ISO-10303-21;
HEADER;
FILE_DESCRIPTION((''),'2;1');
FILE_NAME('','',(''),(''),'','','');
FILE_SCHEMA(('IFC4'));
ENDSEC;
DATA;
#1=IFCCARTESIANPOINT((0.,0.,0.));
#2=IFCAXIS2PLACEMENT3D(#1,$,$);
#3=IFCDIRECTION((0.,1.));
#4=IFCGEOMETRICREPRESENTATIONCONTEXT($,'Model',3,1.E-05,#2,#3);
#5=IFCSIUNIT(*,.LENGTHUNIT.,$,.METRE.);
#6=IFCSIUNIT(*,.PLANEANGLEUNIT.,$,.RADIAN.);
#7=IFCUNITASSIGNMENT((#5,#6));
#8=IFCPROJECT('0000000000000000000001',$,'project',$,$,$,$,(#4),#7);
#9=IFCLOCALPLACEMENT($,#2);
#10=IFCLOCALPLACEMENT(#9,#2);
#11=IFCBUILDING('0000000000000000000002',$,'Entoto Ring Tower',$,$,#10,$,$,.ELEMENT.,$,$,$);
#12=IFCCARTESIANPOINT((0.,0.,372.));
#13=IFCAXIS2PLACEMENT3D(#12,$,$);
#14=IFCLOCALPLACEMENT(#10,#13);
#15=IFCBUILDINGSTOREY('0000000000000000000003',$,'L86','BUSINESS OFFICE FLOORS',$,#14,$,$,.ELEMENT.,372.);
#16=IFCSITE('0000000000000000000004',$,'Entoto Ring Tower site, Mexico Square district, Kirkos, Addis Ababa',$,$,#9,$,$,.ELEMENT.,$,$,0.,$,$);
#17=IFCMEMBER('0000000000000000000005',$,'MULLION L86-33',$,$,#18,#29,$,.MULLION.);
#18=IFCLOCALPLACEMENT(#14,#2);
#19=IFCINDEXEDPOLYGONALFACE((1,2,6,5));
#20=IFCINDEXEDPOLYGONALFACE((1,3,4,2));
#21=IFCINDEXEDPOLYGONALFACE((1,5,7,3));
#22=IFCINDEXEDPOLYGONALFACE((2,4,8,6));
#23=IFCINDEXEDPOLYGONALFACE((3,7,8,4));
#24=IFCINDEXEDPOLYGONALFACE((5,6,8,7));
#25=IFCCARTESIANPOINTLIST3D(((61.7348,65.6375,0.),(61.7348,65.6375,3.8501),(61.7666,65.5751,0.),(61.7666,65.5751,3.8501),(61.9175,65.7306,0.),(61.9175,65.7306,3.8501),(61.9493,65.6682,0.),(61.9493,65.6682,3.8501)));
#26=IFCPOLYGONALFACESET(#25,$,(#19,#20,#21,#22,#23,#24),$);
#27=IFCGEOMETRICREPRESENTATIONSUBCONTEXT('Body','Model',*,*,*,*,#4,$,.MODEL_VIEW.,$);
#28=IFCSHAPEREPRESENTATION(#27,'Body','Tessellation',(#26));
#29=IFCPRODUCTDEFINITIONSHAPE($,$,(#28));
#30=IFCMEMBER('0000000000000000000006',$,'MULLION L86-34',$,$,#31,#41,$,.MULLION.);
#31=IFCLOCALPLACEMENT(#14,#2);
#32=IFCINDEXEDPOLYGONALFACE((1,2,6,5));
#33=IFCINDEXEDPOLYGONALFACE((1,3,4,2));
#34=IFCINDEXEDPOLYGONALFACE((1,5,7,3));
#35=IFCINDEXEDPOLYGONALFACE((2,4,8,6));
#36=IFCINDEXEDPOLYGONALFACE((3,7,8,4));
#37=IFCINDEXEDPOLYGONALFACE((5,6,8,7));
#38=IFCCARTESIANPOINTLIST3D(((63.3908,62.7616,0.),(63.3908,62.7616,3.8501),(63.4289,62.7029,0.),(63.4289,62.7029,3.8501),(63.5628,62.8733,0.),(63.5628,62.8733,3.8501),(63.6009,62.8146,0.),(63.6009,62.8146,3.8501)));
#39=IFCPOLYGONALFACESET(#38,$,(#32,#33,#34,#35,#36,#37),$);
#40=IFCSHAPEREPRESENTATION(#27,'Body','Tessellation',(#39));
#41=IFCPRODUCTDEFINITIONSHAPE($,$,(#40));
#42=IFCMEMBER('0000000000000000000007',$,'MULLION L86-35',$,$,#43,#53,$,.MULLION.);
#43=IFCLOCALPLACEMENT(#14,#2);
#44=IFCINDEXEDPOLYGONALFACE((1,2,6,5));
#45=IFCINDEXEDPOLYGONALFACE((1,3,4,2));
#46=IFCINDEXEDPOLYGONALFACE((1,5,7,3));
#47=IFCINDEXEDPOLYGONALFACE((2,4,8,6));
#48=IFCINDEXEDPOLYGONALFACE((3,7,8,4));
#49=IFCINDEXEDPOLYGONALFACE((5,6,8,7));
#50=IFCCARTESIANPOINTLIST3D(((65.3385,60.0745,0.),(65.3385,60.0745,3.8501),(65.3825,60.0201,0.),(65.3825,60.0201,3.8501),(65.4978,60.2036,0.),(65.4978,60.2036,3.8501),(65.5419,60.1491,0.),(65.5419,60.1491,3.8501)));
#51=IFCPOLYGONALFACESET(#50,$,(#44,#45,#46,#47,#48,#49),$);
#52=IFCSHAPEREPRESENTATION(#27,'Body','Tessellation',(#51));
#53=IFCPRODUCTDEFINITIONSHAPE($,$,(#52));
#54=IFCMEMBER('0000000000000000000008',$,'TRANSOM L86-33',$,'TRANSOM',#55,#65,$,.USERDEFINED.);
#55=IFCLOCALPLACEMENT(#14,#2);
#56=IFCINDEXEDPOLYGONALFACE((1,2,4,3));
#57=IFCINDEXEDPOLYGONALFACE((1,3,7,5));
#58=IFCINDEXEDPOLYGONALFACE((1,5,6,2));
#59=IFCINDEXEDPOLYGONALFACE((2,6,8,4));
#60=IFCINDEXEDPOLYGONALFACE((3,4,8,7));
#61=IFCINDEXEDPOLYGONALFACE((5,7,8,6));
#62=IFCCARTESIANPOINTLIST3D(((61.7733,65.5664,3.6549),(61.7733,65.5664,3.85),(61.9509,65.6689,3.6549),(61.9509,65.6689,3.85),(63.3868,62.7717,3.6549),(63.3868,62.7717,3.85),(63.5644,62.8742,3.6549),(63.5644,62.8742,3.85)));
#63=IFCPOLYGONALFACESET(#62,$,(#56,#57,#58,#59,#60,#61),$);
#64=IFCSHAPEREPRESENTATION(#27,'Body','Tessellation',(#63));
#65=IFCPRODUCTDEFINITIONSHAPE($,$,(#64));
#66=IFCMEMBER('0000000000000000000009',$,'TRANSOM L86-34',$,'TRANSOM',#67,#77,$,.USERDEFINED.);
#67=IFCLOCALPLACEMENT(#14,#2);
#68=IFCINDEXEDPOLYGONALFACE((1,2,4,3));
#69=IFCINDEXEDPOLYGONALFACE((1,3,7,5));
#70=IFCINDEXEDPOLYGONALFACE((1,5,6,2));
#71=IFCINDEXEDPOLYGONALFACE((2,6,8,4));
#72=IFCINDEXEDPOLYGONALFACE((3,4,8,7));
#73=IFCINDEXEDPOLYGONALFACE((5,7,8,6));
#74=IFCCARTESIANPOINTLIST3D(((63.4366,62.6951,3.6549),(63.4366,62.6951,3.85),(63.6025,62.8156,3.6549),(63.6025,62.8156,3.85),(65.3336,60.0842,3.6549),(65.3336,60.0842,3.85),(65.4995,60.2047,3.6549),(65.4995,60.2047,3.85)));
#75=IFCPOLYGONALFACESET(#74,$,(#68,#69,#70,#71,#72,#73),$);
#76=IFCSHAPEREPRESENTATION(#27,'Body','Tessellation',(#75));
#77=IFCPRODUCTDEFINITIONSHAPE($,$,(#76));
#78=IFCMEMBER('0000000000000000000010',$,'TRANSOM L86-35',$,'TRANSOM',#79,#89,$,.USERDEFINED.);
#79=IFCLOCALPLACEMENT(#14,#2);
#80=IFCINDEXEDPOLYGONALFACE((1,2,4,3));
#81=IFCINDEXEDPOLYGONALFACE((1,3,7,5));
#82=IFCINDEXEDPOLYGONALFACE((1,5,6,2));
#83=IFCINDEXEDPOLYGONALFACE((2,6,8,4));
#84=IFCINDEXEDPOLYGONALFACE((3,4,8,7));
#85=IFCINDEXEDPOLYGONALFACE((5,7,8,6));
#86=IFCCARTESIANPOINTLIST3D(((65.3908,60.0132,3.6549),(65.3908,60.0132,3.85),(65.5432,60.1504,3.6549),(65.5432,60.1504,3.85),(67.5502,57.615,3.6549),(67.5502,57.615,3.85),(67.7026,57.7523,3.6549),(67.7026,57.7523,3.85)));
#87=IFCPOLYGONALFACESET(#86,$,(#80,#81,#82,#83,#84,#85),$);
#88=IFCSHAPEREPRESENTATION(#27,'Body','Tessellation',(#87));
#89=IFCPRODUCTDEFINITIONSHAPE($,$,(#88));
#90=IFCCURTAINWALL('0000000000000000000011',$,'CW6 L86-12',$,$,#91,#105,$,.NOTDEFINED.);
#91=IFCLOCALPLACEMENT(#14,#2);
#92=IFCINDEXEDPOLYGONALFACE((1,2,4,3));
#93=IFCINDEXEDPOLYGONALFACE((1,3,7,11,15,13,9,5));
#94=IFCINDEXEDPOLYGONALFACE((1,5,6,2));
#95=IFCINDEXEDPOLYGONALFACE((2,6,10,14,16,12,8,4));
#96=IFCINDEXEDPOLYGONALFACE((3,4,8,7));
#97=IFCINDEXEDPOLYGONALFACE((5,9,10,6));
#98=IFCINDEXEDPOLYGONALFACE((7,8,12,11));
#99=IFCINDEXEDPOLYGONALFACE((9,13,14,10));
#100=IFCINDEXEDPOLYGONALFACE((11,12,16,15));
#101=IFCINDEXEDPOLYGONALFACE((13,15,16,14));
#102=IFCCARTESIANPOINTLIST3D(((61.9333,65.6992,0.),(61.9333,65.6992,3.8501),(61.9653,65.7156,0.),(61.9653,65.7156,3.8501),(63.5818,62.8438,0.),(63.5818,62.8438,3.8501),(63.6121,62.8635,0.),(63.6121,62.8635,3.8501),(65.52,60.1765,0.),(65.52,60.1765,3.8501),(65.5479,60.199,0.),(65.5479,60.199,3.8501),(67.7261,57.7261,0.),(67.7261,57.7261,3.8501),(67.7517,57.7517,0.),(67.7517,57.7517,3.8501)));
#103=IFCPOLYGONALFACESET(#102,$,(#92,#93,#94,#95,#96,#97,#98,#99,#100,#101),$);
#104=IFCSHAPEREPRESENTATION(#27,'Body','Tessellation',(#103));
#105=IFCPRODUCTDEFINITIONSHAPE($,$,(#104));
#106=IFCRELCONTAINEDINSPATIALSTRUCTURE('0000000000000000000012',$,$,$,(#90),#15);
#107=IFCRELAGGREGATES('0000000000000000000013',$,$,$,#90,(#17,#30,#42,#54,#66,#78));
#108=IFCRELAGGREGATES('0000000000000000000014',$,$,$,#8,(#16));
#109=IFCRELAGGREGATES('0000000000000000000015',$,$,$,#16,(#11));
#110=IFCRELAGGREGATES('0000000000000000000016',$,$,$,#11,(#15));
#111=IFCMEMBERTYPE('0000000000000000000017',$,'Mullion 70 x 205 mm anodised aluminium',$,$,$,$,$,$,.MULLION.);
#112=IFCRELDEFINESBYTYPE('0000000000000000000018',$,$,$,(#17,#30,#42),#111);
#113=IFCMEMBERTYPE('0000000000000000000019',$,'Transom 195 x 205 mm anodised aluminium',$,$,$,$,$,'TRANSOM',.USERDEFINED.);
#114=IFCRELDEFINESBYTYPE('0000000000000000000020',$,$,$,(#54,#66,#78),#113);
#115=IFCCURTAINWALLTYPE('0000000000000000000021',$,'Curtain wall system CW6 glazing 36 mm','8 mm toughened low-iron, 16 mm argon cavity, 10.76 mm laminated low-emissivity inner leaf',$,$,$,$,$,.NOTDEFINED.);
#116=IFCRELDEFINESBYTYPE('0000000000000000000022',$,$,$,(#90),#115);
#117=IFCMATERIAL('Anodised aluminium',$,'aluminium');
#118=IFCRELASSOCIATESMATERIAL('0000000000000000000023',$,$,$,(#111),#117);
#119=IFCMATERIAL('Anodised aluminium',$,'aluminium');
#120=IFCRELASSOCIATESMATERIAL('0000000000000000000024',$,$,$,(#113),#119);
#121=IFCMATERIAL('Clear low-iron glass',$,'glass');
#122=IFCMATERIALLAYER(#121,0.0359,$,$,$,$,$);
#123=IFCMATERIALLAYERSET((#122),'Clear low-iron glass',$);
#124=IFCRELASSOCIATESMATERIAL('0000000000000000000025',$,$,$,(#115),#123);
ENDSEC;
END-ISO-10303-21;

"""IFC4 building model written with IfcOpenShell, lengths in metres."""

from ifc_helpers import new_model, si_unit, direction, frame, origin, origin_2d, place, context, subcontext, project, spatial, polyline, rectangle, outline, extrude, material, layer, layer_set, material_profile, profile_set, type_object, element, aggregate, save


model = new_model("IFC4")

# Units and contexts
model_context = context("Model", 3, precision=1e-05, world=origin(), true_north=direction((0.0, 1.0)))
body_context = subcontext(model_context, "Body", "Model", "MODEL_VIEW")
ifc_project = project(units=[si_unit("LENGTHUNIT", "METRE"), si_unit("PLANEANGLEUNIT", "RADIAN")], contexts=[model_context])

# Members
ifc_material_1 = material(Name="Anodised aluminium", Category="aluminium")
ifc_material_profile_1 = material_profile(ifc_material_1, rectangle(XDim=0.0701, YDim=0.2051, at=origin_2d()), Name="Mullion 70 x 205 mm anodised aluminium")
ifc_profile_set_1 = profile_set([ifc_material_profile_1], Name="Anodised aluminium")
member_type_1 = type_object("IfcMemberType", Name="Mullion 70 x 205 mm anodised aluminium", PredefinedType="MULLION", material=ifc_profile_set_1)
site_placement = place(None, origin())
building_placement = place(site_placement, origin())
storey_placement = place(building_placement, frame((0.0, 0.0, 372.0)))
member_1_placement = place(storey_placement, frame((61.842, 65.6528, 0.0), z_axis=(0.0, 0.0, 1.0), x_axis=(0.45399, -0.891007, 0.0)))
member_1 = element("IfcMember", 1, at=member_1_placement, type_object=member_type_1, Name="MULLION L86-33", PredefinedType="MULLION", context=body_context, shape_type="SweptSolid", body=[
    extrude(rectangle(XDim=0.0701, YDim=0.2051, at=origin_2d()), origin(), (0.0, 0.0, 1.0), 3.8501),
])
member_2_placement = place(storey_placement, frame((63.4958, 62.7881, 0.0), z_axis=(0.0, 0.0, 1.0), x_axis=(0.544639, -0.838671, 0.0)))
member_2 = element("IfcMember", 2, at=member_2_placement, type_object=member_type_1, Name="MULLION L86-34", PredefinedType="MULLION", context=body_context, shape_type="SweptSolid", body=[
    extrude(rectangle(XDim=0.0701, YDim=0.2051, at=origin_2d()), origin(), (0.0, 0.0, 1.0), 3.8501),
])
member_3_placement = place(storey_placement, frame((65.4402, 60.1118, 0.0), z_axis=(0.0, 0.0, 1.0), x_axis=(0.62932, -0.777146, 0.0)))
member_3 = element("IfcMember", 3, at=member_3_placement, type_object=member_type_1, Name="MULLION L86-35", PredefinedType="MULLION", context=body_context, shape_type="SweptSolid", body=[
    extrude(rectangle(XDim=0.0701, YDim=0.2051, at=origin_2d()), origin(), (0.0, 0.0, 1.0), 3.8501),
])
ifc_material_2 = material(Name="Anodised aluminium", Category="aluminium")
ifc_material_profile_2 = material_profile(ifc_material_2, rectangle(XDim=0.2051, YDim=0.1951, at=origin_2d()), Name="Transom 195 x 205 mm anodised aluminium")
ifc_profile_set_2 = profile_set([ifc_material_profile_2], Name="Anodised aluminium")
member_type_2 = type_object("IfcMemberType", Name="Transom 195 x 205 mm anodised aluminium", ElementType="TRANSOM", PredefinedType="USERDEFINED", material=ifc_profile_set_2)
member_4_placement = place(storey_placement, frame((61.8621, 65.6177, 3.7524), z_axis=(0.500004, -0.866023, 0.0), x_axis=(0.866023, 0.500004, 0.0)))
member_4 = element("IfcMember", 4, at=member_4_placement, type_object=member_type_2, Name="TRANSOM L86-33", ObjectType="TRANSOM", PredefinedType="USERDEFINED", context=body_context, shape_type="SweptSolid", body=[
    extrude(rectangle(XDim=0.2051, YDim=0.1951, at=origin_2d()), origin(), (0.0, 0.0, 1.0), 3.2271),
])
member_5_placement = place(storey_placement, frame((63.5195, 62.7554, 3.7524), z_axis=(0.587803, -0.809004, 0.0), x_axis=(0.809004, 0.587803, 0.0)))
member_5 = element("IfcMember", 5, at=member_5_placement, type_object=member_type_2, Name="TRANSOM L86-34", ObjectType="TRANSOM", PredefinedType="USERDEFINED", context=body_context, shape_type="SweptSolid", body=[
    extrude(rectangle(XDim=0.2051, YDim=0.1951, at=origin_2d()), origin(), (0.0, 0.0, 1.0), 3.2273),
])
member_6_placement = place(storey_placement, frame((65.467, 60.0818, 3.7524), z_axis=(0.669144, -0.743132, 0.0), x_axis=(0.743132, 0.669144, 0.0)))
member_6 = element("IfcMember", 6, at=member_6_placement, type_object=member_type_2, Name="TRANSOM L86-35", ObjectType="TRANSOM", PredefinedType="USERDEFINED", context=body_context, shape_type="SweptSolid", body=[
    extrude(rectangle(XDim=0.2051, YDim=0.1951, at=origin_2d()), origin(), (0.0, 0.0, 1.0), 3.2271),
])

# Site, building, storey
site = spatial("IfcSite", under=ifc_project, at=site_placement, Name="Entoto Ring Tower site, Mexico Square district, Kirkos, Addis Ababa", CompositionType="ELEMENT", RefElevation=0.0)
building = spatial("IfcBuilding", under=site, at=building_placement, Name="Entoto Ring Tower", CompositionType="ELEMENT")
storey = spatial("IfcBuildingStorey", under=building, at=storey_placement, Name="L86", Description="BUSINESS OFFICE FLOORS", CompositionType="ELEMENT", Elevation=372.0)

# Curtain wall
ifc_material_3 = material(Name="Clear low-iron glass", Category="glass")
ifc_layer = layer(ifc_material_3, 0.0359)
ifc_layer_set = layer_set([ifc_layer], Name="Clear low-iron glass")
curtain_wall_type = type_object("IfcCurtainWallType", Name="Curtain wall system CW6 glazing 36 mm", Description="8 mm toughened low-iron, 16 mm argon cavity, 10.76 mm laminated low-emissivity inner leaf", PredefinedType="NOTDEFINED", material=ifc_layer_set)
curtain_wall_1_placement = place(storey_placement, origin())
curtain_wall_1 = element("IfcCurtainWall", 7, at=curtain_wall_1_placement, inside=storey, type_object=curtain_wall_type, Name="CW6 L86-12", PredefinedType="NOTDEFINED", context=body_context, shape_type="SweptSolid", body=[
    extrude(outline(polyline([(61.9333, 65.6992), (63.5818, 62.8438), (65.52, 60.1765), (67.7261, 57.7261), (67.7517, 57.7517), (65.5479, 60.199), (63.6121, 62.8635), (61.9653, 65.7156), (61.9333, 65.6992)])), origin(), (0.0, 0.0, 1.0), 3.8501),
])
aggregate(curtain_wall_1, [member_1, member_2, member_3, member_4, member_5, member_6])

save(model, "model.ifc")
